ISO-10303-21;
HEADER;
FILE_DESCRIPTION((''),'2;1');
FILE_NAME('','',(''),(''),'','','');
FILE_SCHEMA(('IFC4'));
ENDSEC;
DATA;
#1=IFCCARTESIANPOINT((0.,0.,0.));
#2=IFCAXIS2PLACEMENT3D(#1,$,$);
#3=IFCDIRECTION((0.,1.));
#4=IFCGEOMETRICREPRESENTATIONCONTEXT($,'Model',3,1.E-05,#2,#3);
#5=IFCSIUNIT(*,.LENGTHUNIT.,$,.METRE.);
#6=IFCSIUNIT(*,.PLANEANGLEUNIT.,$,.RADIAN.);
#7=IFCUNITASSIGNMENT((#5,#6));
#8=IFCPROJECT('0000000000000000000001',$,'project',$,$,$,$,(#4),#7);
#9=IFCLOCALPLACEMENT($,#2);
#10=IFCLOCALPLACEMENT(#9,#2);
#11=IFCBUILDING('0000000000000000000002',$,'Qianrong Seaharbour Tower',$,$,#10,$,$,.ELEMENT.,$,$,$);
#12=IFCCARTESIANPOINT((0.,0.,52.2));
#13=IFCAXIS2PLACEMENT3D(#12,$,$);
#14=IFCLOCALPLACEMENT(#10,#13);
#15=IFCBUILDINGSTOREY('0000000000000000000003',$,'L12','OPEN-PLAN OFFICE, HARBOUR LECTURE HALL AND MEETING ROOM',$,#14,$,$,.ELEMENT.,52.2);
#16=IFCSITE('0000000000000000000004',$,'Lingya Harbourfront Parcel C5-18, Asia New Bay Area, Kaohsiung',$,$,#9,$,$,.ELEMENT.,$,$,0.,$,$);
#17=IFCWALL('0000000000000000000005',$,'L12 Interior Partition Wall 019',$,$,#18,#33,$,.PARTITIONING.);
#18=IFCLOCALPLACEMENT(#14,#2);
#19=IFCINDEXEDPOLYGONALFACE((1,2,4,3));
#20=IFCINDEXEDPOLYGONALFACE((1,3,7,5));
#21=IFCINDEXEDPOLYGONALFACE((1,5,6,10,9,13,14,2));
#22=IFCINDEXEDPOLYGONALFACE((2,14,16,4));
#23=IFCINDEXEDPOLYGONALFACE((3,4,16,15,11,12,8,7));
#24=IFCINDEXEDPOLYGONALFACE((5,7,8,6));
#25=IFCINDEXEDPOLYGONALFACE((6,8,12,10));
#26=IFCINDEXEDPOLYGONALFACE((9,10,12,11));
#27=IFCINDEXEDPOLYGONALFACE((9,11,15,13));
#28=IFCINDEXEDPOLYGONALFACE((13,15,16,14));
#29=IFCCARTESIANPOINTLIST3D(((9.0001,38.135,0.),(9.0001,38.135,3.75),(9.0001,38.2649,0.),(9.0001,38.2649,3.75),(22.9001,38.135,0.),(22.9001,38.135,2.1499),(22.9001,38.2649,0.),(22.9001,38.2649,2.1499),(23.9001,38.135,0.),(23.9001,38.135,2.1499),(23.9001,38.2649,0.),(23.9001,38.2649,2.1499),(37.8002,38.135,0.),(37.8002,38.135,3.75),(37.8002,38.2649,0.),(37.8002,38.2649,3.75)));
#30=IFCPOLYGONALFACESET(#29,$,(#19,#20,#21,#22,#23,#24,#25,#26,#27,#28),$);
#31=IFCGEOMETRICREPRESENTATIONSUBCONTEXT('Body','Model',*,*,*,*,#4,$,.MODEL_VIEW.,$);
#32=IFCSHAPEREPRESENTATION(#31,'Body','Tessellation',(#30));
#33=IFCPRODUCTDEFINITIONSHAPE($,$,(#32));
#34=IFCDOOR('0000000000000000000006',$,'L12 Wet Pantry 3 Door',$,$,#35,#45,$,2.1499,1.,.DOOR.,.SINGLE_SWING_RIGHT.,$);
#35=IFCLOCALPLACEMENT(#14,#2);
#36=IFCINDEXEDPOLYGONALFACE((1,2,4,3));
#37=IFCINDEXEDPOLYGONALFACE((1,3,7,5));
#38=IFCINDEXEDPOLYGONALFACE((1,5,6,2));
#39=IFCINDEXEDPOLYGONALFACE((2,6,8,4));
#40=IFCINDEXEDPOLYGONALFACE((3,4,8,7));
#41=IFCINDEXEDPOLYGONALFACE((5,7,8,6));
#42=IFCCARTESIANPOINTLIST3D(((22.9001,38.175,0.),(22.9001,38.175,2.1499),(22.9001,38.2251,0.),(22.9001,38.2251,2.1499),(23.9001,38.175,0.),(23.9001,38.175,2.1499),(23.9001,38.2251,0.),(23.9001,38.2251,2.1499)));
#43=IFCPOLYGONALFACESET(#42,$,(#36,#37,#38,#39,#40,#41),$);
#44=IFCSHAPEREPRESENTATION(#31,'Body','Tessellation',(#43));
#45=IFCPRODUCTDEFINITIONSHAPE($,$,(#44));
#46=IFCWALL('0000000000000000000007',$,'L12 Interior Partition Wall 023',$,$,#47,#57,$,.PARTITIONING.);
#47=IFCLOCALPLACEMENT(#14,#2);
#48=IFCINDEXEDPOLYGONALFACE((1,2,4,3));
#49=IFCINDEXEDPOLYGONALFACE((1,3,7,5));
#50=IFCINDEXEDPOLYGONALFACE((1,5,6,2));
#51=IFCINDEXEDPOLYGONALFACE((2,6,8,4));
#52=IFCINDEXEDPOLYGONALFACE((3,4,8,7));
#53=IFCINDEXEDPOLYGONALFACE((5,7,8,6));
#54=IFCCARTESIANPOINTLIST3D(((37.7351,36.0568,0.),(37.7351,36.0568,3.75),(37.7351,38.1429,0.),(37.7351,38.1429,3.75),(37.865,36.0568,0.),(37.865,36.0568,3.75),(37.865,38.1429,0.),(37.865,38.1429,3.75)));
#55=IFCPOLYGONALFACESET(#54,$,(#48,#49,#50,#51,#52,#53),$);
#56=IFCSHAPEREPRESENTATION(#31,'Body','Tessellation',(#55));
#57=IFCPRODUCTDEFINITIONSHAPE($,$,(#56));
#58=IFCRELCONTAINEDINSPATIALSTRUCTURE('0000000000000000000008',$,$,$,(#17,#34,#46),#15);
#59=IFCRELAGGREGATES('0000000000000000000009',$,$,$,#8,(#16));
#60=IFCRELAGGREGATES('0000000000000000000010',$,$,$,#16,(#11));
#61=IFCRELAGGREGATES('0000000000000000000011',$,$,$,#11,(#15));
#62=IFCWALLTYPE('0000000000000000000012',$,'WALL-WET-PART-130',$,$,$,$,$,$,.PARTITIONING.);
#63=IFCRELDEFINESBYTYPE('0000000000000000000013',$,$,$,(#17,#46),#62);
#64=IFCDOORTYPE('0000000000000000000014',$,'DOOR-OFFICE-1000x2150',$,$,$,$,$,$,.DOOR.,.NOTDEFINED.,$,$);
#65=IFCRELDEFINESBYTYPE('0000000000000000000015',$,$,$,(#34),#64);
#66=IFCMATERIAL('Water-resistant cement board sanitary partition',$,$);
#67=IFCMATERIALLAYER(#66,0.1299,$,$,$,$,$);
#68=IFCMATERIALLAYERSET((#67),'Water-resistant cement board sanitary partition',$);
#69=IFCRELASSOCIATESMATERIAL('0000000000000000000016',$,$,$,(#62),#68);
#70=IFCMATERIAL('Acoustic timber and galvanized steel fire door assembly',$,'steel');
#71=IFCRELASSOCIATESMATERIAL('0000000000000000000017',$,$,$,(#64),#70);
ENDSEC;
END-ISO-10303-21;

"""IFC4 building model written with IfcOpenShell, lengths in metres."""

from ifc_helpers import new_model, si_unit, direction, frame, frame_2d, origin, place, context, subcontext, project, spatial, rectangle, extrude, material, layer, layer_set, type_object, element, fill, save


model = new_model("IFC4")

# Units and contexts
model_context = context("Model", 3, precision=1e-05, world=origin(), true_north=direction((0.0, 1.0)))
body_context = subcontext(model_context, "Body", "Model", "MODEL_VIEW")
ifc_project = project(units=[si_unit("LENGTHUNIT", "METRE"), si_unit("PLANEANGLEUNIT", "RADIAN")], contexts=[model_context])

# Site, building, storey
site_placement = place(None, origin())
site = spatial("IfcSite", under=ifc_project, at=site_placement, Name="Lingya Harbourfront Parcel C5-18, Asia New Bay Area, Kaohsiung", CompositionType="ELEMENT", RefElevation=0.0)
building_placement = place(site_placement, origin())
building = spatial("IfcBuilding", under=site, at=building_placement, Name="Qianrong Seaharbour Tower", CompositionType="ELEMENT")
storey_placement = place(building_placement, frame((0.0, 0.0, 52.2)))
storey = spatial("IfcBuildingStorey", under=building, at=storey_placement, Name="L12", Description="OPEN-PLAN OFFICE, HARBOUR LECTURE HALL AND MEETING ROOM", CompositionType="ELEMENT", Elevation=52.2)

# Shared definitions
ifc_material_1 = material(Name="Acoustic timber and galvanized steel fire door assembly", Category="steel")

# Shared definitions
ifc_material_2 = material(Name="Water-resistant cement board sanitary partition")
ifc_layer_1 = layer(ifc_material_2, 0.1299)
ifc_layer_set_1 = layer_set([ifc_layer_1], Name="Water-resistant cement board sanitary partition")
wall_type_1 = type_object("IfcWallType", Name="WALL-WET-PART-130", PredefinedType="PARTITIONING", material=ifc_layer_set_1)

# Wall, opening, door
wall_1_placement = place(storey_placement, frame((37.8, 38.2, 0.0), z_axis=(0.0, 0.0, 1.0), x_axis=(-1.0, 0.0, 0.0)))
wall_1 = element("IfcWall", 1, at=wall_1_placement, inside=storey, type_object=wall_type_1, Name="L12 Interior Partition Wall 019", PredefinedType="PARTITIONING", context=body_context, shape_type="SweptSolid", body=[
    extrude(rectangle(XDim=28.8, YDim=0.1299, at=frame_2d((14.3999, 0.0))), origin(), (0.0, 0.0, 1.0), 3.75),
])
opening_1_placement = place(wall_1_placement, frame((13.8999, 0.0, 0.0)))
opening_1 = element("IfcOpeningElement", 2, at=opening_1_placement, cuts=wall_1, PredefinedType="OPENING", context=body_context, shape_type="SweptSolid", body=[
    extrude(rectangle(XDim=1.0, YDim=2.1499, at=frame_2d((0.5, 1.075))), frame((0.0, 0.075, 0.0), z_axis=(0.0, -1.0, 0.0), x_axis=(1.0, 0.0, 0.0)), (0.0, 0.0, 1.0), 0.1499),
])
door_type_1 = type_object("IfcDoorType", Name="DOOR-OFFICE-1000x2150", OperationType="NOTDEFINED", PredefinedType="DOOR", material=ifc_material_1)
door_1_placement = place(opening_1_placement, origin())
door_1 = element("IfcDoor", 3, at=door_1_placement, inside=storey, type_object=door_type_1, Name="L12 Wet Pantry 3 Door", OperationType="SINGLE_SWING_RIGHT", OverallHeight=2.1499, OverallWidth=1.0, PredefinedType="DOOR", context=body_context, shape_type="SweptSolid", body=[
    extrude(rectangle(XDim=1.0, YDim=2.1499, at=frame_2d((0.5, 1.075))), frame((0.0, 0.0249, 0.0), z_axis=(0.0, -1.0, 0.0), x_axis=(1.0, 0.0, 0.0)), (0.0, 0.0, 1.0), 0.05),
])
fill(opening_1, door_1)

# Wall
wall_2_placement = place(storey_placement, frame((37.8, 36.0569, 0.0), z_axis=(0.0, 0.0, 1.0), x_axis=(0.0, 1.0, 0.0)))
element("IfcWall", 4, at=wall_2_placement, inside=storey, type_object=wall_type_1, Name="L12 Interior Partition Wall 023", PredefinedType="PARTITIONING", context=body_context, shape_type="SweptSolid", body=[
    extrude(rectangle(XDim=2.0862, YDim=0.1299, at=frame_2d((1.043, 0.0))), origin(), (0.0, 0.0, 1.0), 3.75),
])

save(model, "model.ifc")
